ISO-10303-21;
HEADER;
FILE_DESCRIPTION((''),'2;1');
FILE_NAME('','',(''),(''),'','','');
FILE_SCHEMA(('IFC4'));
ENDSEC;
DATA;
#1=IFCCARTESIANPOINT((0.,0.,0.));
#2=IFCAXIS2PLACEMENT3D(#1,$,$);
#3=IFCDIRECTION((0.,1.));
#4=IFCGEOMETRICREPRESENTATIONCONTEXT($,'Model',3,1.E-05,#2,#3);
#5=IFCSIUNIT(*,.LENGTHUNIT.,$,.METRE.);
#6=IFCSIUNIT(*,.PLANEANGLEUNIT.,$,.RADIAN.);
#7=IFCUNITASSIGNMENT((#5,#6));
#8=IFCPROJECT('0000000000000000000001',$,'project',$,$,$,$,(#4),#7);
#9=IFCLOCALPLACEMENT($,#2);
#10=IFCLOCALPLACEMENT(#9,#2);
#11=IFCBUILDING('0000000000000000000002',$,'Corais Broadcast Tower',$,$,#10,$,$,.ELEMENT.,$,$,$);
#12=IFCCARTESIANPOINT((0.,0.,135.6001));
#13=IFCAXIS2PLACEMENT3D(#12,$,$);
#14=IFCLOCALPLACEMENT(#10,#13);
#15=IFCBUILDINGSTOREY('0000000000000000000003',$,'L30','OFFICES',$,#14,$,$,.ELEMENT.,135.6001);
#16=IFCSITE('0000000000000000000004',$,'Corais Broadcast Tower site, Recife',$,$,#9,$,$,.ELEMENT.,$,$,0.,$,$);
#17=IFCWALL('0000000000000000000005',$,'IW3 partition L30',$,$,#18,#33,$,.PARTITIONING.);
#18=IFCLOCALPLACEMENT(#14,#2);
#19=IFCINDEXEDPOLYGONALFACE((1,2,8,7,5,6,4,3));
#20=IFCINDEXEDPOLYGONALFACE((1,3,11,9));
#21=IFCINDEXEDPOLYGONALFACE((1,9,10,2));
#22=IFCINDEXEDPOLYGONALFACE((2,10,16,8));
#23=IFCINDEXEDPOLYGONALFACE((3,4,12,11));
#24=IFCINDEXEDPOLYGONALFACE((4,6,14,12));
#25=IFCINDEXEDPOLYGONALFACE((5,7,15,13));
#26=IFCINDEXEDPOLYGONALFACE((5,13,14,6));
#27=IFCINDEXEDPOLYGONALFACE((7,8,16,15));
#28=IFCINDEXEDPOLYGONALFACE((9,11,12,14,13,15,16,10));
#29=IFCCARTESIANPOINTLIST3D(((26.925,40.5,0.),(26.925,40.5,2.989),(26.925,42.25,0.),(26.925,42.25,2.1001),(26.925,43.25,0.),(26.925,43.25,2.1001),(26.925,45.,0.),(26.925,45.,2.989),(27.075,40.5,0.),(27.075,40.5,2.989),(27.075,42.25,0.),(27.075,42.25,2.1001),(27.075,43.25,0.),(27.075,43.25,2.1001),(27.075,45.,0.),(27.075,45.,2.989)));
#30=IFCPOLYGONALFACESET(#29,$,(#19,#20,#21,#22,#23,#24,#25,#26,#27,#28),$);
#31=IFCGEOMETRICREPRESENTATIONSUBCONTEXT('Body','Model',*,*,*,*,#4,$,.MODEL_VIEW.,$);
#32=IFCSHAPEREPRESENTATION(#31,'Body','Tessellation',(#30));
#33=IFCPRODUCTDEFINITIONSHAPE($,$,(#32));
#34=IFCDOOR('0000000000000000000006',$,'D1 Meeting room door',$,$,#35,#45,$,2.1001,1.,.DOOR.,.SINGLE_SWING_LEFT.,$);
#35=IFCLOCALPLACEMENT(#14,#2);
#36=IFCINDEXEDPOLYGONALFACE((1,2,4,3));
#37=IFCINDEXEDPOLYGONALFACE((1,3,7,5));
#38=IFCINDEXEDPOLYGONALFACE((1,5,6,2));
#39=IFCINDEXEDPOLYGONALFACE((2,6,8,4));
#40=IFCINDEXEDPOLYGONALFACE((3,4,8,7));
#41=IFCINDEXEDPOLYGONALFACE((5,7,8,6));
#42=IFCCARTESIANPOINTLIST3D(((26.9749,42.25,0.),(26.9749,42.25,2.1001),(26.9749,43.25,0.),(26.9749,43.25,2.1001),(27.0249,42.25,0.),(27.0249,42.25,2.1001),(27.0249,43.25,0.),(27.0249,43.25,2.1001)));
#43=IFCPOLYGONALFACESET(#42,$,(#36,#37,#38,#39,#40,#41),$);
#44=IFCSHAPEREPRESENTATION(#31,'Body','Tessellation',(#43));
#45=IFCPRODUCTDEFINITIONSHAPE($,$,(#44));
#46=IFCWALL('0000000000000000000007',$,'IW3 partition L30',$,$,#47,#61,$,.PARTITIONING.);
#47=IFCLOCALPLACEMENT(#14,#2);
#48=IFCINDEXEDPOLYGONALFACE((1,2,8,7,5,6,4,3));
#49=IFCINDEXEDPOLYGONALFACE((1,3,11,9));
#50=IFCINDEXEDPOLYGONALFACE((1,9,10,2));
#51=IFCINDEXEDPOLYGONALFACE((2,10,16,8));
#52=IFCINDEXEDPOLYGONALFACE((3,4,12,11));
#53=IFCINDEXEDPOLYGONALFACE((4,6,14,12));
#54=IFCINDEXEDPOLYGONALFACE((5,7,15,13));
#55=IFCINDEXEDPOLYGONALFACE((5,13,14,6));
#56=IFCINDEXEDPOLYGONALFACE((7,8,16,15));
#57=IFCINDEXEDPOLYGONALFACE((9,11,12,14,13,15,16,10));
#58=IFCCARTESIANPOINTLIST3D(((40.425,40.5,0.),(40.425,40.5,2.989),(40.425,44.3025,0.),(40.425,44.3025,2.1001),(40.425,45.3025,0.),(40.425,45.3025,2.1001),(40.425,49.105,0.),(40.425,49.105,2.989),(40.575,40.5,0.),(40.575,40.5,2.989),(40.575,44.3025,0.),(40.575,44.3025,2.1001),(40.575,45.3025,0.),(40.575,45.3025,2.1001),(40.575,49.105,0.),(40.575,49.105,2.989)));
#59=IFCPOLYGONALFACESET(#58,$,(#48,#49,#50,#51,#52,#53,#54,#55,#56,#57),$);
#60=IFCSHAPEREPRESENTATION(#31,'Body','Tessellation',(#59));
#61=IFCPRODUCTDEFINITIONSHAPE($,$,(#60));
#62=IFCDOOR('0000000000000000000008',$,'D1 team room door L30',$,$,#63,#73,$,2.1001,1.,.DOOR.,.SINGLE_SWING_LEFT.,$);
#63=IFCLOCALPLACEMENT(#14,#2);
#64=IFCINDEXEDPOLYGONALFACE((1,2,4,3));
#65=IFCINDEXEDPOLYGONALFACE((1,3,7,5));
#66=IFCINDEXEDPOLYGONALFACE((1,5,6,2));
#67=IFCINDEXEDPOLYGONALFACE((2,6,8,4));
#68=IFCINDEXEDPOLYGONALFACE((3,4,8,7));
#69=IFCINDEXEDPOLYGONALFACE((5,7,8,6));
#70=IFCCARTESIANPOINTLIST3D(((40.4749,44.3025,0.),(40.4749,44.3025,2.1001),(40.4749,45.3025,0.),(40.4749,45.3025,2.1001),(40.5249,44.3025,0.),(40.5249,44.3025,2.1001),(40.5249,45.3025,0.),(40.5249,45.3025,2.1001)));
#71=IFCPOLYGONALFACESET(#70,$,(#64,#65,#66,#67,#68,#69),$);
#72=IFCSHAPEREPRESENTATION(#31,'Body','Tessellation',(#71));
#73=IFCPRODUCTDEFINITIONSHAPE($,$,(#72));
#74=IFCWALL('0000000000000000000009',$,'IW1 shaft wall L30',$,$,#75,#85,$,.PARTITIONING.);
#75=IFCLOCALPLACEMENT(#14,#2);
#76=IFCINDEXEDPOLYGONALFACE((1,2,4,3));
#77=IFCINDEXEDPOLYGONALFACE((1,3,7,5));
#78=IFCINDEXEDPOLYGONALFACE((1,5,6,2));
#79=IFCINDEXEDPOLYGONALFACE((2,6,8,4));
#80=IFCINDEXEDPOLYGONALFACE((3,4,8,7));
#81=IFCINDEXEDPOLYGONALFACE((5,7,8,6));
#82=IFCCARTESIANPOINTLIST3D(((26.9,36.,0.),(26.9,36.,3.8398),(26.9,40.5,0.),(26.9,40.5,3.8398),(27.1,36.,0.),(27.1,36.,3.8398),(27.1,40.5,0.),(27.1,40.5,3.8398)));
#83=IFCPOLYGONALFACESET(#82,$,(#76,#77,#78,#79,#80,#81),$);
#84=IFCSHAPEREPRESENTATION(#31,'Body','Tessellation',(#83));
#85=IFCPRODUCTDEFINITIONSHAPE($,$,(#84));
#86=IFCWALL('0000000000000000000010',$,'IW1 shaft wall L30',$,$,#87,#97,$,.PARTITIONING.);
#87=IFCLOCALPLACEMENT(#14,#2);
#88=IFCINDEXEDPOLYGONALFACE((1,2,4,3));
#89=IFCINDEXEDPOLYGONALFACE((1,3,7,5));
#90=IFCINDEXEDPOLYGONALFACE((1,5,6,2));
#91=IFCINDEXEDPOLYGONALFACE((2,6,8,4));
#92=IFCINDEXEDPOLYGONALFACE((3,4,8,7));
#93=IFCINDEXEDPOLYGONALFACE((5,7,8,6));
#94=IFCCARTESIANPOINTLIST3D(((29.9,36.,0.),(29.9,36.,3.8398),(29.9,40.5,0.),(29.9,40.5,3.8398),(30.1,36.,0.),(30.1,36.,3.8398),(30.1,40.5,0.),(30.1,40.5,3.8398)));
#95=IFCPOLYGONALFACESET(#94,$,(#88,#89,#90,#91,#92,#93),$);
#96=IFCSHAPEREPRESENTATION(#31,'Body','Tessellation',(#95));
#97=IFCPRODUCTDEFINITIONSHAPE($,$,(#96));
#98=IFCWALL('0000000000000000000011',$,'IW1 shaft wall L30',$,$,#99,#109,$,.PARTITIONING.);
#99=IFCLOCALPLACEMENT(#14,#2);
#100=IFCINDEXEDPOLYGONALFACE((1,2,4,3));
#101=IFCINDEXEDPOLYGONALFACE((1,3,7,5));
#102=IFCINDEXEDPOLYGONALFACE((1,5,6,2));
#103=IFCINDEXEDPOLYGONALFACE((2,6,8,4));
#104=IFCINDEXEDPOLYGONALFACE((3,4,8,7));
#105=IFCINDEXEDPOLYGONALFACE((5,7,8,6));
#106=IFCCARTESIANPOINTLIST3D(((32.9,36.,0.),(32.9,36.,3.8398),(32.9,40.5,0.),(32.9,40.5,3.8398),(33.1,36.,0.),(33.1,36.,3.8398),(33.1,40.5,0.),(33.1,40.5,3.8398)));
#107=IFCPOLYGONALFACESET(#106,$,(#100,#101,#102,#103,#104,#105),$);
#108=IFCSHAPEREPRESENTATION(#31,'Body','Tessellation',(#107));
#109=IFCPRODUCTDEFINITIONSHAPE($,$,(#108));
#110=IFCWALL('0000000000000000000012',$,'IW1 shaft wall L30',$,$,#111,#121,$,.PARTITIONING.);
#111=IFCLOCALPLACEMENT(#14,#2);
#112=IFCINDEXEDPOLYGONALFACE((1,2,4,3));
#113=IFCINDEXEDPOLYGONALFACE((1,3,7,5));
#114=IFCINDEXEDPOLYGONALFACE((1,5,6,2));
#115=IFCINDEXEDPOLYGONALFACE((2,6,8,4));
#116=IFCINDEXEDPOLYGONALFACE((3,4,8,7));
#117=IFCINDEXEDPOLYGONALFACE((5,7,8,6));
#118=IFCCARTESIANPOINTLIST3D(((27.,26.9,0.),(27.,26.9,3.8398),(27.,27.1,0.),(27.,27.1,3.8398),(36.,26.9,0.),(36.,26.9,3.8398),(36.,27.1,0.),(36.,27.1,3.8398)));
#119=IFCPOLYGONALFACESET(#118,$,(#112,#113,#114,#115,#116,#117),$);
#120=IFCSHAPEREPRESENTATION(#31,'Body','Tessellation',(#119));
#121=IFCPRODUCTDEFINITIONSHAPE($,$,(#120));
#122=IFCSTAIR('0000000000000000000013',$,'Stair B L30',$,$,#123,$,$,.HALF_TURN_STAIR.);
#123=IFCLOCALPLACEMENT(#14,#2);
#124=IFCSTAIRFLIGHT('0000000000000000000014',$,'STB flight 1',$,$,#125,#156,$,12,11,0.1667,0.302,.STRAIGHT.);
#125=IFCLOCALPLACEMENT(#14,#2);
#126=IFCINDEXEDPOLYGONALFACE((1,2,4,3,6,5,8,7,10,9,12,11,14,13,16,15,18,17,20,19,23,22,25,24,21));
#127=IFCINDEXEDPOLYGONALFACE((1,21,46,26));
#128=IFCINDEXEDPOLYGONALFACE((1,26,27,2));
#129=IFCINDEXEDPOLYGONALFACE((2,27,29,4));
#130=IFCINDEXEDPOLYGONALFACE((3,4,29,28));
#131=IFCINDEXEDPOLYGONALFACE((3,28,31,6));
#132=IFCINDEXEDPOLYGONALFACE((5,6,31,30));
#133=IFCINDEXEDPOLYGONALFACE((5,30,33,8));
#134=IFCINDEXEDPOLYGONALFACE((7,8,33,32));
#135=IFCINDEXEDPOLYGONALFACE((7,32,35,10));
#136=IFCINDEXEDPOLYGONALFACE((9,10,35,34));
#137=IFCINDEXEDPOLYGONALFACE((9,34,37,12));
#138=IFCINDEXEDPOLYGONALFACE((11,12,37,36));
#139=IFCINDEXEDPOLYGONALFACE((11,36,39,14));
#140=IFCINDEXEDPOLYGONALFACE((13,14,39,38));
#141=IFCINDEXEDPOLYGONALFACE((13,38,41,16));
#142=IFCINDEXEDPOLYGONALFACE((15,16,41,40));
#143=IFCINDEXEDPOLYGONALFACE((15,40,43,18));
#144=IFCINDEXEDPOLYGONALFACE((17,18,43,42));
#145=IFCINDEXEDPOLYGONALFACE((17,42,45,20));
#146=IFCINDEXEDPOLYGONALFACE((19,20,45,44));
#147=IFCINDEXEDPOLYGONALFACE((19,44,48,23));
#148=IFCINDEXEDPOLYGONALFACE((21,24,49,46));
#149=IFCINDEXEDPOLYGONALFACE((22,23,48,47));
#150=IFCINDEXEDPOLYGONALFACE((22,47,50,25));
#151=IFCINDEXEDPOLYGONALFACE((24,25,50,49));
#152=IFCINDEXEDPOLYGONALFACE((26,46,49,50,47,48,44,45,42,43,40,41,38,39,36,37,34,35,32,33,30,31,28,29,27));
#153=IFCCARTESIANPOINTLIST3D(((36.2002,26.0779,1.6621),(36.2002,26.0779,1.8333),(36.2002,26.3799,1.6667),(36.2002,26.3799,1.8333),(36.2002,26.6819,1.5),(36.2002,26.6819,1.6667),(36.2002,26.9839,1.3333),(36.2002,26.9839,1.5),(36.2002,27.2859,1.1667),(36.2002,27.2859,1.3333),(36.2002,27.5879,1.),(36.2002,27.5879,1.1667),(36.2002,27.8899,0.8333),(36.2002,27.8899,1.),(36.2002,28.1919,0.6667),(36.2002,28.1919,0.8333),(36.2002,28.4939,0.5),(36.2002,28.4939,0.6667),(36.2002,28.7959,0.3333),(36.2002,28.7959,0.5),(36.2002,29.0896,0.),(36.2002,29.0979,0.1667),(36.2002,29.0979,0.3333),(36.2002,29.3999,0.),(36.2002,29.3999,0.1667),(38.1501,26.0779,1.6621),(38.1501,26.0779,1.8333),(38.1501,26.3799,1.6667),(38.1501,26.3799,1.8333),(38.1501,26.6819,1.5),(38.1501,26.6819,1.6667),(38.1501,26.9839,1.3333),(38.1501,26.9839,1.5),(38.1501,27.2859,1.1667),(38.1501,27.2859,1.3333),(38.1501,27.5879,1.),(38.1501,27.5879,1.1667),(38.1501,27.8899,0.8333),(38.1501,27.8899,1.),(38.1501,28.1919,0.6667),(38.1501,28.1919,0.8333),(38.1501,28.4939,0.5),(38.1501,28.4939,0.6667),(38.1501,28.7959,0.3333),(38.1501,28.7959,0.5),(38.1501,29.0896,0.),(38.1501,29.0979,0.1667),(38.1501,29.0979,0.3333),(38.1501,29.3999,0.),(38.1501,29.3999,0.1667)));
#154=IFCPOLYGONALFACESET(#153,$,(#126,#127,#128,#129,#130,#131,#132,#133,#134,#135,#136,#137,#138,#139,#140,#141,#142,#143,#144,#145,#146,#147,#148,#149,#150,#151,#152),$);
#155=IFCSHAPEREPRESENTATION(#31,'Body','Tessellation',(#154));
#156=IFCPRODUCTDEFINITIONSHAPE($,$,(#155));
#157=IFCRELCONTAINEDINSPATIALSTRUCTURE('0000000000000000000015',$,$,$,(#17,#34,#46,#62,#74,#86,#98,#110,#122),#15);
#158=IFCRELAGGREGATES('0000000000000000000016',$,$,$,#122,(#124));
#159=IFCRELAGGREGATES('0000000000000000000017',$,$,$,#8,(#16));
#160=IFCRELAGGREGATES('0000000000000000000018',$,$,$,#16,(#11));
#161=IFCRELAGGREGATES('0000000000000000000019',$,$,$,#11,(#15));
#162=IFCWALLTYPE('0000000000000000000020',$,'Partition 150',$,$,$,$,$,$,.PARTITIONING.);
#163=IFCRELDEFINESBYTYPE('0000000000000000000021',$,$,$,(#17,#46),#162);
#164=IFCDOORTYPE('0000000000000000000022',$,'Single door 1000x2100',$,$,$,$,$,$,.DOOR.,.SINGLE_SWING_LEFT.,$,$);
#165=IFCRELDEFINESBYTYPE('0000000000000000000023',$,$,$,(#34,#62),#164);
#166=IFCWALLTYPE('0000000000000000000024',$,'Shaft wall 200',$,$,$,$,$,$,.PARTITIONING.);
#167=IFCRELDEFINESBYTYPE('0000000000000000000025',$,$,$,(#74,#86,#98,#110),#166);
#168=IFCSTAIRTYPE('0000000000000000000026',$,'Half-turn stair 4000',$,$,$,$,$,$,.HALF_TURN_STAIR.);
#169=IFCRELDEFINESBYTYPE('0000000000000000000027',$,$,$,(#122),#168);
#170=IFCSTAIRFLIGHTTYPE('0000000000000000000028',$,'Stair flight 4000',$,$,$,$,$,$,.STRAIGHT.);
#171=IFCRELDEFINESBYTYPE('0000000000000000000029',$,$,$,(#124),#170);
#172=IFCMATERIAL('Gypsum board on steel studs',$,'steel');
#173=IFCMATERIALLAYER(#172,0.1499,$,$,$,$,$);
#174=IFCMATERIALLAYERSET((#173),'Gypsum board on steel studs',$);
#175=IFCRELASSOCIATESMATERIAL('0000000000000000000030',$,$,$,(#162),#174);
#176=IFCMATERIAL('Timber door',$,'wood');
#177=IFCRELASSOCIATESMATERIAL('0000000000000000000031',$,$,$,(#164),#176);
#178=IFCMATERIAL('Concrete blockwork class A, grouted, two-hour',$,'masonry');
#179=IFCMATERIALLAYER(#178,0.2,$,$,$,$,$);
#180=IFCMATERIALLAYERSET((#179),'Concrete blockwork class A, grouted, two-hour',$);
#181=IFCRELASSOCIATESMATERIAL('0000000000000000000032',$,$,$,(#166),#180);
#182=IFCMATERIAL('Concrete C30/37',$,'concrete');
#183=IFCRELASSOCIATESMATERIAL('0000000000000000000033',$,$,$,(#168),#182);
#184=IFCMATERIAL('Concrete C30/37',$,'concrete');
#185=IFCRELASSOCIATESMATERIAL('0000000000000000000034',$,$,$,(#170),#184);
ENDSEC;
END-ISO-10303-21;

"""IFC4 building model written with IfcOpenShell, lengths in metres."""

from ifc_helpers import new_model, si_unit, direction, frame, frame_2d, origin, place, context, subcontext, project, spatial, polyline, rectangle, outline, extrude, material, layer, layer_set, type_object, element, fill, aggregate, save


model = new_model("IFC4")

# Units and contexts
model_context = context("Model", 3, precision=1e-05, world=origin(), true_north=direction((0.0, 1.0)))
body_context = subcontext(model_context, "Body", "Model", "MODEL_VIEW")
ifc_project = project(units=[si_unit("LENGTHUNIT", "METRE"), si_unit("PLANEANGLEUNIT", "RADIAN")], contexts=[model_context])

# Site, building, storey
site_placement = place(None, origin())
site = spatial("IfcSite", under=ifc_project, at=site_placement, Name="Corais Broadcast Tower site, Recife", CompositionType="ELEMENT", RefElevation=0.0)
building_placement = place(site_placement, origin())
building = spatial("IfcBuilding", under=site, at=building_placement, Name="Corais Broadcast Tower", CompositionType="ELEMENT")
storey_placement = place(building_placement, frame((0.0, 0.0, 135.6001)))
storey = spatial("IfcBuildingStorey", under=building, at=storey_placement, Name="L30", Description="OFFICES", CompositionType="ELEMENT", Elevation=135.6001)

# Shared definitions
ifc_material_1 = material(Name="Gypsum board on steel studs", Category="steel")
ifc_layer_1 = layer(ifc_material_1, 0.1499)
ifc_layer_set_1 = layer_set([ifc_layer_1], Name="Gypsum board on steel studs")
wall_type_1 = type_object("IfcWallType", Name="Partition 150", PredefinedType="PARTITIONING", material=ifc_layer_set_1)

# Walls, openings, doors
wall_1_placement = place(storey_placement, frame((27.0, 45.0, 0.0), z_axis=(0.0, 0.0, 1.0), x_axis=(0.0, -1.0, 0.0)))
wall_1 = element("IfcWall", 1, at=wall_1_placement, inside=storey, type_object=wall_type_1, Name="IW3 partition L30", PredefinedType="PARTITIONING", context=body_context, shape_type="SweptSolid", body=[
    extrude(rectangle(XDim=4.5, YDim=0.1499, at=frame_2d((2.25, 0.0))), origin(), (0.0, 0.0, 1.0), 2.989),
])
opening_1_placement = place(wall_1_placement, frame((1.75, 0.0, 0.0)))
opening_1 = element("IfcOpeningElement", 2, at=opening_1_placement, cuts=wall_1, PredefinedType="OPENING", context=body_context, shape_type="SweptSolid", body=[
    extrude(rectangle(XDim=1.0, YDim=2.1001, at=frame_2d((0.5, 1.05))), frame((0.0, 0.085, 0.0), z_axis=(0.0, -1.0, 0.0), x_axis=(1.0, 0.0, 0.0)), (0.0, 0.0, 1.0), 0.1699),
])
ifc_material_2 = material(Name="Timber door", Category="wood")
door_type = type_object("IfcDoorType", Name="Single door 1000x2100", OperationType="SINGLE_SWING_LEFT", PredefinedType="DOOR", material=ifc_material_2)
door_1_placement = place(opening_1_placement, origin())
door_1 = element("IfcDoor", 3, at=door_1_placement, inside=storey, type_object=door_type, Name="D1 Meeting room door", OperationType="SINGLE_SWING_LEFT", OverallHeight=2.1001, OverallWidth=1.0, PredefinedType="DOOR", context=body_context, shape_type="SweptSolid", body=[
    extrude(rectangle(XDim=1.0, YDim=2.1001, at=frame_2d((0.5, 1.05))), frame((0.0, 0.0249, 0.0), z_axis=(0.0, -1.0, 0.0), x_axis=(1.0, 0.0, 0.0)), (0.0, 0.0, 1.0), 0.05),
])
fill(opening_1, door_1)
wall_2_placement = place(storey_placement, frame((40.5, 49.105, 0.0), z_axis=(0.0, 0.0, 1.0), x_axis=(0.0, -1.0, 0.0)))
wall_2 = element("IfcWall", 4, at=wall_2_placement, inside=storey, type_object=wall_type_1, Name="IW3 partition L30", PredefinedType="PARTITIONING", context=body_context, shape_type="SweptSolid", body=[
    extrude(rectangle(XDim=8.605, YDim=0.1499, at=frame_2d((4.3025, 0.0))), origin(), (0.0, 0.0, 1.0), 2.989),
])
opening_2_placement = place(wall_2_placement, frame((3.8025, 0.0, 0.0)))
opening_2 = element("IfcOpeningElement", 5, at=opening_2_placement, cuts=wall_2, PredefinedType="OPENING", context=body_context, shape_type="SweptSolid", body=[
    extrude(rectangle(XDim=1.0, YDim=2.1001, at=frame_2d((0.5, 1.05))), frame((0.0, 0.085, 0.0), z_axis=(0.0, -1.0, 0.0), x_axis=(1.0, 0.0, 0.0)), (0.0, 0.0, 1.0), 0.1699),
])
door_2_placement = place(opening_2_placement, origin())
door_2 = element("IfcDoor", 6, at=door_2_placement, inside=storey, type_object=door_type, Name="D1 team room door L30", OperationType="SINGLE_SWING_LEFT", OverallHeight=2.1001, OverallWidth=1.0, PredefinedType="DOOR", context=body_context, shape_type="SweptSolid", body=[
    extrude(rectangle(XDim=1.0, YDim=2.1001, at=frame_2d((0.5, 1.05))), frame((0.0, 0.0249, 0.0), z_axis=(0.0, -1.0, 0.0), x_axis=(1.0, 0.0, 0.0)), (0.0, 0.0, 1.0), 0.05),
])
fill(opening_2, door_2)

# Walls
ifc_material_3 = material(Name="Concrete blockwork class A, grouted, two-hour", Category="masonry")
ifc_layer_2 = layer(ifc_material_3, 0.2)
ifc_layer_set_2 = layer_set([ifc_layer_2], Name="Concrete blockwork class A, grouted, two-hour")
wall_type_2 = type_object("IfcWallType", Name="Shaft wall 200", PredefinedType="PARTITIONING", material=ifc_layer_set_2)
for number, where, z_axis, x_axis, name in (
    (7, (27.0, 36.0, 0.0), (0.0, 0.0, 1.0), (0.0, 1.0, 0.0), "IW1 shaft wall L30"),
    (8, (30.0, 36.0, 0.0), (0.0, 0.0, 1.0), (0.0, 1.0, 0.0), "IW1 shaft wall L30"),
    (9, (33.0, 36.0, 0.0), (0.0, 0.0, 1.0), (0.0, 1.0, 0.0), "IW1 shaft wall L30"),
):
    element("IfcWall", number, at=place(storey_placement, frame(where, z_axis=z_axis, x_axis=x_axis)), inside=storey, type_object=wall_type_2, Name=name, PredefinedType="PARTITIONING", context=body_context, shape_type="SweptSolid", body=[
        extrude(rectangle(XDim=4.5, YDim=0.2, at=frame_2d((2.25, 0.0))), origin(), (0.0, 0.0, 1.0), 3.8398),
    ])
wall_3_placement = place(storey_placement, frame((27.0, 27.0, 0.0), z_axis=(0.0, 0.0, 1.0), x_axis=(1.0, 0.0, 0.0)))
element("IfcWall", 10, at=wall_3_placement, inside=storey, type_object=wall_type_2, Name="IW1 shaft wall L30", PredefinedType="PARTITIONING", context=body_context, shape_type="SweptSolid", body=[
    extrude(rectangle(XDim=9.0, YDim=0.2, at=frame_2d((4.5, 0.0))), origin(), (0.0, 0.0, 1.0), 3.8398),
])

# Stair, stair flight
ifc_material_4 = material(Name="Concrete C30/37", Category="concrete")
stair_type = type_object("IfcStairType", Name="Half-turn stair 4000", PredefinedType="HALF_TURN_STAIR", material=ifc_material_4)
stair_placement = place(storey_placement, origin())
stair = element("IfcStair", 11, at=stair_placement, inside=storey, type_object=stair_type, Name="Stair B L30", PredefinedType="HALF_TURN_STAIR")
ifc_material_5 = material(Name="Concrete C30/37", Category="concrete")
stair_flight_type = type_object("IfcStairFlightType", Name="Stair flight 4000", PredefinedType="STRAIGHT", material=ifc_material_5)
stair_flight_placement = place(storey_placement, frame((37.175, 29.3999, 0.0), z_axis=(0.0, 0.0, 1.0), x_axis=(0.0, -1.0, 0.0)))
stair_flight = element("IfcStairFlight", 12, at=stair_flight_placement, type_object=stair_flight_type, Name="STB flight 1", NumberOfRisers=12, NumberOfTreads=11, PredefinedType="STRAIGHT", RiserHeight=0.1667, TreadLength=0.302, context=body_context, shape_type="SweptSolid", body=[
    extrude(outline(polyline([(0.0, 0.0), (0.0, 0.1667), (0.302, 0.1667), (0.302, 0.3333), (0.604, 0.3333), (0.604, 0.5), (0.906, 0.5), (0.906, 0.6667), (1.208, 0.6667), (1.208, 0.8333), (1.51, 0.8333), (1.51, 1.0), (1.812, 1.0), (1.812, 1.1667), (2.114, 1.1667), (2.114, 1.3333), (2.416, 1.3333), (2.416, 1.5), (2.718, 1.5), (2.718, 1.6667), (3.02, 1.6667), (3.02, 1.8333), (3.322, 1.8333), (3.322, 2.0), (3.322, 1.6621), (0.3103, 0.0), (0.0, 0.0)])), frame((0.0, 0.9751, 0.0), z_axis=(0.0, -1.0, 0.0), x_axis=(1.0, 0.0, 0.0)), (0.0, 0.0, 1.0), 1.95),
])
aggregate(stair, [stair_flight])

save(model, "model.ifc")
